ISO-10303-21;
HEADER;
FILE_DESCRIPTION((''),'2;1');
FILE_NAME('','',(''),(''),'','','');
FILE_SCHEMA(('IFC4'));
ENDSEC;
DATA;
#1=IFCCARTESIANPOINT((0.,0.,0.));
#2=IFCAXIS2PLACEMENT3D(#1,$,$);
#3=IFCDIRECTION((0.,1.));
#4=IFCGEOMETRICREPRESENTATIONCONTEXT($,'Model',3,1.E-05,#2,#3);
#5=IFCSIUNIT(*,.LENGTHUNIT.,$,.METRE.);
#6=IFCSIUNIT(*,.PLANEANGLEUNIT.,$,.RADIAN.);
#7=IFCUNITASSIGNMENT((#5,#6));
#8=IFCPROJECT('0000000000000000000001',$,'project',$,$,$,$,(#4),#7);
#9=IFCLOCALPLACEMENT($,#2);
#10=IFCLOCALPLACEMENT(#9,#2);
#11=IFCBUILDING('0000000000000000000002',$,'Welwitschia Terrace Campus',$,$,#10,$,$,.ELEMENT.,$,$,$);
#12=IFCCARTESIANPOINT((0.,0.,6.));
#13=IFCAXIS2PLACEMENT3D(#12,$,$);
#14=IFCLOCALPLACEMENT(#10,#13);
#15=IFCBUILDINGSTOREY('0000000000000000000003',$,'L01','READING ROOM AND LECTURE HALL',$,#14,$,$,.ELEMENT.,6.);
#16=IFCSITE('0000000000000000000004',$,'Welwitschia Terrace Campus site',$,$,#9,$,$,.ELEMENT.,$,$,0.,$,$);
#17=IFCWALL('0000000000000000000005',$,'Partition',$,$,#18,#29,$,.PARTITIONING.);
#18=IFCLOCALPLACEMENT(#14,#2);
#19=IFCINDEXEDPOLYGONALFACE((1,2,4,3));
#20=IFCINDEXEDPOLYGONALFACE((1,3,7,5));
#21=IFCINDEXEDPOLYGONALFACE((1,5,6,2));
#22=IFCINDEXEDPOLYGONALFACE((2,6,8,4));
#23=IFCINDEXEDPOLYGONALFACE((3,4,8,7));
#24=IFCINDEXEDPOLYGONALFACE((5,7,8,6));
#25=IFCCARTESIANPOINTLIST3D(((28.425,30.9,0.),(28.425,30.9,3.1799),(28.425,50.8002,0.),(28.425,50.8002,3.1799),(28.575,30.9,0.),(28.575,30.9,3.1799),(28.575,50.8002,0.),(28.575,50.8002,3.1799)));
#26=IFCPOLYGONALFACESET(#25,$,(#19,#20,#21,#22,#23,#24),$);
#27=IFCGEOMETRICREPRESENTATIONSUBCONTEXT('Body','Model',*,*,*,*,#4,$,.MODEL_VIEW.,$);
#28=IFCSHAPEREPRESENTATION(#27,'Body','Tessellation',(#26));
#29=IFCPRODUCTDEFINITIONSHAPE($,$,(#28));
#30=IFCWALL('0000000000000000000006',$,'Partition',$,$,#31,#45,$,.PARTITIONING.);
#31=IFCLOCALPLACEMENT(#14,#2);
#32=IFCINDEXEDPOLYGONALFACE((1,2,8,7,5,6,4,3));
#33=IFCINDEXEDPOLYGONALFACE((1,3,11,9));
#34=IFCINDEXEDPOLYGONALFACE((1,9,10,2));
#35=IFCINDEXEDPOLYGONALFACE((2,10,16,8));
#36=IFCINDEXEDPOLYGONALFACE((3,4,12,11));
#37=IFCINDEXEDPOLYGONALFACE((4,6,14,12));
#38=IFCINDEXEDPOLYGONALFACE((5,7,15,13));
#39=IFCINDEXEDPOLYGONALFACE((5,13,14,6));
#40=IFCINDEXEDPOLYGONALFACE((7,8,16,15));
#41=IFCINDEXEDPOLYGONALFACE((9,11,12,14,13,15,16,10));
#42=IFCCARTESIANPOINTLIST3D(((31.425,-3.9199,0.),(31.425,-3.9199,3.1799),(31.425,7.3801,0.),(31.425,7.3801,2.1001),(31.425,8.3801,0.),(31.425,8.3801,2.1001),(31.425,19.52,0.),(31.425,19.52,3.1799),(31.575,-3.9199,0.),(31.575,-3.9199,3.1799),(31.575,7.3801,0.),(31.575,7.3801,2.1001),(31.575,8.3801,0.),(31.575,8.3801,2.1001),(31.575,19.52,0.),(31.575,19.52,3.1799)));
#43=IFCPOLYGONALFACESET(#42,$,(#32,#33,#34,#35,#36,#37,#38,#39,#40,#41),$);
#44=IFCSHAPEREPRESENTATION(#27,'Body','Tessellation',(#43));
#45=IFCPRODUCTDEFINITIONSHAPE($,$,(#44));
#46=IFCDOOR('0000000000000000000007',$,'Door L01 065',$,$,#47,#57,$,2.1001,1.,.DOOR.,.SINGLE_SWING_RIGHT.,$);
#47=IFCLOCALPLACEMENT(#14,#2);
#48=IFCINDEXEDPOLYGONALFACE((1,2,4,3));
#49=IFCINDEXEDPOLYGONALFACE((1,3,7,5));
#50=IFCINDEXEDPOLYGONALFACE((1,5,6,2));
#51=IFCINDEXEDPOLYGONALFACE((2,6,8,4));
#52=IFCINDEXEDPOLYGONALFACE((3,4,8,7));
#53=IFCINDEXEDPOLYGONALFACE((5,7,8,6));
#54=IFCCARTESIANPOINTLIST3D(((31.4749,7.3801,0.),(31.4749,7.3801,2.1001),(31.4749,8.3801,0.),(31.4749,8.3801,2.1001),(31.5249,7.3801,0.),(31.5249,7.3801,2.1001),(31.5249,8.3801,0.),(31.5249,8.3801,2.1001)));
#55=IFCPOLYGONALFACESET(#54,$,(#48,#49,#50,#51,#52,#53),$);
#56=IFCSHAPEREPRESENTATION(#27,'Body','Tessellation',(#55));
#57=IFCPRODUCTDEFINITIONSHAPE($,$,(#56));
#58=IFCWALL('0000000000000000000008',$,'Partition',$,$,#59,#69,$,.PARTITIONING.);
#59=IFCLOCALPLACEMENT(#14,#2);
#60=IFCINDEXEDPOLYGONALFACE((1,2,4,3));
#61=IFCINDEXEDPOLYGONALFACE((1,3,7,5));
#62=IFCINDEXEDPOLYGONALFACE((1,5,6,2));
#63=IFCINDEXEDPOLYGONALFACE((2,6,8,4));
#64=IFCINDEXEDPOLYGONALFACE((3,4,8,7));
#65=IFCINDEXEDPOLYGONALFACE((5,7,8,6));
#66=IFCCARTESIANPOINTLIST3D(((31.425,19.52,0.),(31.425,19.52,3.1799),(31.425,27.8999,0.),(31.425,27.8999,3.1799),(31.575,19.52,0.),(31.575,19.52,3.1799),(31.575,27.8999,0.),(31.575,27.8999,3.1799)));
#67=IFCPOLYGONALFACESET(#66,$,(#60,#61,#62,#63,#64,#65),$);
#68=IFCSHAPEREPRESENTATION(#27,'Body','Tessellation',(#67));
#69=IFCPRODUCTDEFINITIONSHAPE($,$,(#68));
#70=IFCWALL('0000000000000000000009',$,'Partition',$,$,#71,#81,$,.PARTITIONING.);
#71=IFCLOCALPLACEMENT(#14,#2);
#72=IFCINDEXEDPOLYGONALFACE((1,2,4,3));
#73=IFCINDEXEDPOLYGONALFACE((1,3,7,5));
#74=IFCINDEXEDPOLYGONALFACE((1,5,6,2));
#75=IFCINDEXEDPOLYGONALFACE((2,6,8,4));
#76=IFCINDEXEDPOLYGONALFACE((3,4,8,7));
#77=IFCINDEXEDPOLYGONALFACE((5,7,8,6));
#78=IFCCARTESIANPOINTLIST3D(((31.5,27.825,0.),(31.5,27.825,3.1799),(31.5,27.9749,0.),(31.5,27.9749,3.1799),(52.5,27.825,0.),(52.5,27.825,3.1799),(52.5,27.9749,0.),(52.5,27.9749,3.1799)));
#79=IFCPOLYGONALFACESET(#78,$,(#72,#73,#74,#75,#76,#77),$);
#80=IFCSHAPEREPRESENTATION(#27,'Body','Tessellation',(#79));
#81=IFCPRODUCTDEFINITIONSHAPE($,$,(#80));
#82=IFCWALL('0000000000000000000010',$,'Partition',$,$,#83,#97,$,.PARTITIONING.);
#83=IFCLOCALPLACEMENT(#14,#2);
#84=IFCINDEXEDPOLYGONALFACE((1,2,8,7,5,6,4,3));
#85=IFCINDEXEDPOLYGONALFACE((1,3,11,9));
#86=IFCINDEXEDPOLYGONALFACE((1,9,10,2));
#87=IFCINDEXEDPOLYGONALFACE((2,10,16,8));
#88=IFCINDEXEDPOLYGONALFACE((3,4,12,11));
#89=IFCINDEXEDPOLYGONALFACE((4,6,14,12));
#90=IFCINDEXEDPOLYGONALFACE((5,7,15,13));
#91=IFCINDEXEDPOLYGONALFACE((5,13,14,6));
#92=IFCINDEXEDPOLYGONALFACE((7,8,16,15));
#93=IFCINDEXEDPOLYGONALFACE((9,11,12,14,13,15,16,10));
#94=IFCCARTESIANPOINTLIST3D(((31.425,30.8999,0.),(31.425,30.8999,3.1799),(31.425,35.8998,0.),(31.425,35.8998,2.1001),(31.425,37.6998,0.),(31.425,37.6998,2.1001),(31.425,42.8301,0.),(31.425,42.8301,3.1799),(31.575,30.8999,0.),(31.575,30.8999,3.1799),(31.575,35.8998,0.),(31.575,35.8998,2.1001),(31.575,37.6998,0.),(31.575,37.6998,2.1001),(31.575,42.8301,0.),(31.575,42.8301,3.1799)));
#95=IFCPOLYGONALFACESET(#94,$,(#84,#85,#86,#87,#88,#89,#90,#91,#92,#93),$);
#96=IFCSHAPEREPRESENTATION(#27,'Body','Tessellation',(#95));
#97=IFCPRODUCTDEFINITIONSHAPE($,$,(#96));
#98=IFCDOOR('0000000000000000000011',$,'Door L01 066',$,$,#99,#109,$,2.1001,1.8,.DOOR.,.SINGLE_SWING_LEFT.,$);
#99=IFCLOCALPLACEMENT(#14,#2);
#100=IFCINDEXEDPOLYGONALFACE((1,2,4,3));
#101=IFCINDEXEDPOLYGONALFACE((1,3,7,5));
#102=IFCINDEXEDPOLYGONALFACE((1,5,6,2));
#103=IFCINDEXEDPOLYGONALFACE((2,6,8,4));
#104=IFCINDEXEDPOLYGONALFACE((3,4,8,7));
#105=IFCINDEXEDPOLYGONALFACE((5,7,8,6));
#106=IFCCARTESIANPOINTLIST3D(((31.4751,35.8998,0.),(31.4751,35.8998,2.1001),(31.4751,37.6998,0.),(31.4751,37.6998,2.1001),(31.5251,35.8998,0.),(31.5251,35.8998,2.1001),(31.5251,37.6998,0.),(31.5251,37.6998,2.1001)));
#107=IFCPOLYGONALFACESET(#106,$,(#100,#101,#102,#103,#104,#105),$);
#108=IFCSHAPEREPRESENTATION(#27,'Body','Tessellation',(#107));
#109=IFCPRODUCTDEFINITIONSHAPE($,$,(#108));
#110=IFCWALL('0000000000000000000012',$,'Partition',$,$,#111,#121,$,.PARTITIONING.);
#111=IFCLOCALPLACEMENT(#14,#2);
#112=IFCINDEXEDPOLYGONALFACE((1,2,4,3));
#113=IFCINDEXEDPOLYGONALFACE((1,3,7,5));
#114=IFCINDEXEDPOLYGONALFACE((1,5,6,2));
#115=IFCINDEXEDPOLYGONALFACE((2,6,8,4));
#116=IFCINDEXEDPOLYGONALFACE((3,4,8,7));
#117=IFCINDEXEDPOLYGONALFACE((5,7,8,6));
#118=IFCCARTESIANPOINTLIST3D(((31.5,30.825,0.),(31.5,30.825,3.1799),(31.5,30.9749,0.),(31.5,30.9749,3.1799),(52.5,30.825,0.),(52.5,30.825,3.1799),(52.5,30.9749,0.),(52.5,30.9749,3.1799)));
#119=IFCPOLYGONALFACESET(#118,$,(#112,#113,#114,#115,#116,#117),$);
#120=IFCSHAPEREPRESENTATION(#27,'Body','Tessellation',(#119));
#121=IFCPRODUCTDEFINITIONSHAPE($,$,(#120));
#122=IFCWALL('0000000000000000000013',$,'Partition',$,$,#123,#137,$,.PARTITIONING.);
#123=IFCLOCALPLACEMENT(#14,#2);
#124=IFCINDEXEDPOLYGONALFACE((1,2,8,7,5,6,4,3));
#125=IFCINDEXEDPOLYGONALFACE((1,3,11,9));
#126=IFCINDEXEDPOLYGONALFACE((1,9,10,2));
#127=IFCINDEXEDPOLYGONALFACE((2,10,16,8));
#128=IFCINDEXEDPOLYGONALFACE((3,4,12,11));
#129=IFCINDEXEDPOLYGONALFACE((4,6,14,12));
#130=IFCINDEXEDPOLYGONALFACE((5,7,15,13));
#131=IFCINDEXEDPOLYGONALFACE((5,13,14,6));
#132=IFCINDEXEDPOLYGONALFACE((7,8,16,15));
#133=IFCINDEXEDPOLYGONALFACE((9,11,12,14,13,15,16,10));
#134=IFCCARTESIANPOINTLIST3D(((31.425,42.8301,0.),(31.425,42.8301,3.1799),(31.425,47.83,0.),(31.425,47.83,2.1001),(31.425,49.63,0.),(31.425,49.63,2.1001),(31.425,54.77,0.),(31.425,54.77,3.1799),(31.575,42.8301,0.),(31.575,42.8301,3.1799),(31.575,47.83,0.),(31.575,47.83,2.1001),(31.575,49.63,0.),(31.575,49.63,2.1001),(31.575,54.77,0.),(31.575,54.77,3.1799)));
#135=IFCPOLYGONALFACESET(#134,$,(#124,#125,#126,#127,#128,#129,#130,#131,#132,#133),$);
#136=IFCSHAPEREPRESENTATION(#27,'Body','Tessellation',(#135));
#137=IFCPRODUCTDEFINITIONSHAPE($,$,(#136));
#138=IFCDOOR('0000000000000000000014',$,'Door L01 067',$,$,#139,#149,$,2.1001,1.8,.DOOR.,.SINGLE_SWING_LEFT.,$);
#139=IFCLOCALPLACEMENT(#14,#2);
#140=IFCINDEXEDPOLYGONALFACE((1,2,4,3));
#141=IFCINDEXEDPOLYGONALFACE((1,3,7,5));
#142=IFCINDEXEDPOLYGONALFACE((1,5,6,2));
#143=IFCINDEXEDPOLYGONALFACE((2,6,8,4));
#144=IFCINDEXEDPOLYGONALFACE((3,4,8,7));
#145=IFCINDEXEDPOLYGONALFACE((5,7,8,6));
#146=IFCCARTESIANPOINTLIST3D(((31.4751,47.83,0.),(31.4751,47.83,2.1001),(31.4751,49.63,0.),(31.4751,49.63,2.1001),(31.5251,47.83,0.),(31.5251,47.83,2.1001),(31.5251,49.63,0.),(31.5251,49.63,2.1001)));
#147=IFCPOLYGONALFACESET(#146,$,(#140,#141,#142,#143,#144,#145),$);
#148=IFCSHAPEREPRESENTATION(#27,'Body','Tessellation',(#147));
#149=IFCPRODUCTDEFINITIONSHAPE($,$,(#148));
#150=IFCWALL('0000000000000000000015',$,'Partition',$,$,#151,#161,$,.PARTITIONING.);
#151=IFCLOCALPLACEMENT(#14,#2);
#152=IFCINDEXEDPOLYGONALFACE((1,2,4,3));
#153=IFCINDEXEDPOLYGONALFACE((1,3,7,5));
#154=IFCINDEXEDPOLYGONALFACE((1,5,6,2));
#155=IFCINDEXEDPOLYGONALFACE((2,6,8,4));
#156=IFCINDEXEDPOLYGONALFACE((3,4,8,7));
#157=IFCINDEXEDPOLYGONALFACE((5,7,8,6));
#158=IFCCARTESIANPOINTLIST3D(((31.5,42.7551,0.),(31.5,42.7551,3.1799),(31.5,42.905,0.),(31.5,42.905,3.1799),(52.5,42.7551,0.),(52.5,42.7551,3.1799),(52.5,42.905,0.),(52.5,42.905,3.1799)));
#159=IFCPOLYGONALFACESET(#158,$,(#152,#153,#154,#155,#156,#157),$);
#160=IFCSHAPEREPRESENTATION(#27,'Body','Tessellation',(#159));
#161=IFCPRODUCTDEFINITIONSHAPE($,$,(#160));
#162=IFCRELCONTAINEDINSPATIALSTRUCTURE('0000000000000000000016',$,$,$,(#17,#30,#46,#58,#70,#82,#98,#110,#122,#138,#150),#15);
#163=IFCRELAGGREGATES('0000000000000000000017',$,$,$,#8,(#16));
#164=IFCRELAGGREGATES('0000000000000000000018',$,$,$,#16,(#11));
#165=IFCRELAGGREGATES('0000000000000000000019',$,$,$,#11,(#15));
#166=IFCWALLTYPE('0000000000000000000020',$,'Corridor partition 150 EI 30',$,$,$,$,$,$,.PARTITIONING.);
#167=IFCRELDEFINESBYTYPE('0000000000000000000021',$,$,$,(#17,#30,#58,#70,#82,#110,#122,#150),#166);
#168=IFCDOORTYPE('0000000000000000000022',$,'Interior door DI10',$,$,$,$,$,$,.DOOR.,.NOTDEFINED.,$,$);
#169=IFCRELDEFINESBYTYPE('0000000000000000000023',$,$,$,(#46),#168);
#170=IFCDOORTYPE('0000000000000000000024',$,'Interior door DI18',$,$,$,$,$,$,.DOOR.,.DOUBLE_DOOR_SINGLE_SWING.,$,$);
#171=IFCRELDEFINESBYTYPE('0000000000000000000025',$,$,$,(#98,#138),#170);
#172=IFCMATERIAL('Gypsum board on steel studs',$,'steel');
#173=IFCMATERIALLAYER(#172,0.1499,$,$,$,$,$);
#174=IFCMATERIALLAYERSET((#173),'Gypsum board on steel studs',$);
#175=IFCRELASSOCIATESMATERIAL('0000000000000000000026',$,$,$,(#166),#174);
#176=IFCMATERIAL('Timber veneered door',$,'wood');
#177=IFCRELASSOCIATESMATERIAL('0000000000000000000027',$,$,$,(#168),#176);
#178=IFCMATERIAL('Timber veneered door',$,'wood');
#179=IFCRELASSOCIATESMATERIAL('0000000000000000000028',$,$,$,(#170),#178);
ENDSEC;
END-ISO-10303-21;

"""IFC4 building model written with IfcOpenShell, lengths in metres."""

from ifc_helpers import new_model, si_unit, direction, frame, frame_2d, origin, place, context, subcontext, project, spatial, rectangle, extrude, material, layer, layer_set, type_object, element, fill, save


model = new_model("IFC4")

# Units and contexts
model_context = context("Model", 3, precision=1e-05, world=origin(), true_north=direction((0.0, 1.0)))
body_context = subcontext(model_context, "Body", "Model", "MODEL_VIEW")
ifc_project = project(units=[si_unit("LENGTHUNIT", "METRE"), si_unit("PLANEANGLEUNIT", "RADIAN")], contexts=[model_context])

# Site, building, storey
site_placement = place(None, origin())
site = spatial("IfcSite", under=ifc_project, at=site_placement, Name="Welwitschia Terrace Campus site", CompositionType="ELEMENT", RefElevation=0.0)
building_placement = place(site_placement, origin())
building = spatial("IfcBuilding", under=site, at=building_placement, Name="Welwitschia Terrace Campus", CompositionType="ELEMENT")
storey_placement = place(building_placement, frame((0.0, 0.0, 6.0)))
storey = spatial("IfcBuildingStorey", under=building, at=storey_placement, Name="L01", Description="READING ROOM AND LECTURE HALL", CompositionType="ELEMENT", Elevation=6.0)

# Wall
ifc_material_1 = material(Name="Gypsum board on steel studs", Category="steel")
ifc_layer = layer(ifc_material_1, 0.1499)
ifc_layer_set = layer_set([ifc_layer], Name="Gypsum board on steel studs")
wall_type = type_object("IfcWallType", Name="Corridor partition 150 EI 30", PredefinedType="PARTITIONING", material=ifc_layer_set)
wall_1_placement = place(storey_placement, frame((28.5, 30.8999, 0.0), z_axis=(0.0, 0.0, 1.0), x_axis=(0.0, 1.0, 0.0)))
element("IfcWall", 1, at=wall_1_placement, inside=storey, type_object=wall_type, Name="Partition", PredefinedType="PARTITIONING", context=body_context, shape_type="SweptSolid", body=[
    extrude(rectangle(XDim=19.9001, YDim=0.1499, at=frame_2d((9.9502, 0.0))), origin(), (0.0, 0.0, 1.0), 3.1799),
])

# Wall, opening, door
wall_2_placement = place(storey_placement, frame((31.5, 19.52, 0.0), z_axis=(0.0, 0.0, 1.0), x_axis=(0.0, -1.0, 0.0)))
wall_2 = element("IfcWall", 2, at=wall_2_placement, inside=storey, type_object=wall_type, Name="Partition", PredefinedType="PARTITIONING", context=body_context, shape_type="SweptSolid", body=[
    extrude(rectangle(XDim=23.4399, YDim=0.1499, at=frame_2d((11.72, 0.0))), origin(), (0.0, 0.0, 1.0), 3.1799),
])
opening_1_placement = place(wall_2_placement, frame((11.1399, 0.0, 0.0)))
opening_1 = element("IfcOpeningElement", 3, at=opening_1_placement, cuts=wall_2, PredefinedType="OPENING", context=body_context, shape_type="SweptSolid", body=[
    extrude(rectangle(XDim=1.0, YDim=2.1001, at=frame_2d((0.5, 1.05))), frame((0.0, 0.085, 0.0), z_axis=(0.0, -1.0, 0.0), x_axis=(1.0, 0.0, 0.0)), (0.0, 0.0, 1.0), 0.1699),
])
ifc_material_2 = material(Name="Timber veneered door", Category="wood")
door_type_1 = type_object("IfcDoorType", Name="Interior door DI10", OperationType="NOTDEFINED", PredefinedType="DOOR", material=ifc_material_2)
door_1_placement = place(opening_1_placement, origin())
door_1 = element("IfcDoor", 4, at=door_1_placement, inside=storey, type_object=door_type_1, Name="Door L01 065", OperationType="SINGLE_SWING_RIGHT", OverallHeight=2.1001, OverallWidth=1.0, PredefinedType="DOOR", context=body_context, shape_type="SweptSolid", body=[
    extrude(rectangle(XDim=1.0, YDim=2.1001, at=frame_2d((0.5, 1.05))), frame((0.0, 0.0249, 0.0), z_axis=(0.0, -1.0, 0.0), x_axis=(1.0, 0.0, 0.0)), (0.0, 0.0, 1.0), 0.05),
])
fill(opening_1, door_1)

# Walls
wall_3_placement = place(storey_placement, frame((31.5, 19.52, 0.0), z_axis=(0.0, 0.0, 1.0), x_axis=(0.0, 1.0, 0.0)))
element("IfcWall", 5, at=wall_3_placement, inside=storey, type_object=wall_type, Name="Partition", PredefinedType="PARTITIONING", context=body_context, shape_type="SweptSolid", body=[
    extrude(rectangle(XDim=8.3799, YDim=0.1499, at=frame_2d((4.1899, 0.0))), origin(), (0.0, 0.0, 1.0), 3.1799),
])
wall_4_placement = place(storey_placement, frame((31.5, 27.8999, 0.0), z_axis=(0.0, 0.0, 1.0), x_axis=(1.0, 0.0, 0.0)))
element("IfcWall", 6, at=wall_4_placement, inside=storey, type_object=wall_type, Name="Partition", PredefinedType="PARTITIONING", context=body_context, shape_type="SweptSolid", body=[
    extrude(rectangle(XDim=21.0, YDim=0.1499, at=frame_2d((10.5, 0.0))), origin(), (0.0, 0.0, 1.0), 3.1799),
])

# Wall, opening, door
wall_5_placement = place(storey_placement, frame((31.5, 30.8999, 0.0), z_axis=(0.0, 0.0, 1.0), x_axis=(0.0, 1.0, 0.0)))
wall_5 = element("IfcWall", 7, at=wall_5_placement, inside=storey, type_object=wall_type, Name="Partition", PredefinedType="PARTITIONING", context=body_context, shape_type="SweptSolid", body=[
    extrude(rectangle(XDim=11.9302, YDim=0.1499, at=frame_2d((5.9651, 0.0))), origin(), (0.0, 0.0, 1.0), 3.1799),
])
opening_2_placement = place(wall_5_placement, frame((5.0, 0.0, 0.0)))
opening_2 = element("IfcOpeningElement", 8, at=opening_2_placement, cuts=wall_5, PredefinedType="OPENING", context=body_context, shape_type="SweptSolid", body=[
    extrude(rectangle(XDim=1.8, YDim=2.1001, at=frame_2d((0.8999, 1.05))), frame((0.0, 0.085, 0.0), z_axis=(0.0, -1.0, 0.0), x_axis=(1.0, 0.0, 0.0)), (0.0, 0.0, 1.0), 0.1699),
])
ifc_material_3 = material(Name="Timber veneered door", Category="wood")
door_type_2 = type_object("IfcDoorType", Name="Interior door DI18", OperationType="DOUBLE_DOOR_SINGLE_SWING", PredefinedType="DOOR", material=ifc_material_3)
door_2_placement = place(opening_2_placement, origin())
door_2 = element("IfcDoor", 9, at=door_2_placement, inside=storey, type_object=door_type_2, Name="Door L01 066", OperationType="SINGLE_SWING_LEFT", OverallHeight=2.1001, OverallWidth=1.8, PredefinedType="DOOR", context=body_context, shape_type="SweptSolid", body=[
    extrude(rectangle(XDim=1.8, YDim=2.1001, at=frame_2d((0.8999, 1.05))), frame((0.0, 0.0249, 0.0), z_axis=(0.0, -1.0, 0.0), x_axis=(1.0, 0.0, 0.0)), (0.0, 0.0, 1.0), 0.05),
])
fill(opening_2, door_2)

# Wall
wall_6_placement = place(storey_placement, frame((31.5, 30.8999, 0.0), z_axis=(0.0, 0.0, 1.0), x_axis=(1.0, 0.0, 0.0)))
element("IfcWall", 10, at=wall_6_placement, inside=storey, type_object=wall_type, Name="Partition", PredefinedType="PARTITIONING", context=body_context, shape_type="SweptSolid", body=[
    extrude(rectangle(XDim=21.0, YDim=0.1499, at=frame_2d((10.5, 0.0))), origin(), (0.0, 0.0, 1.0), 3.1799),
])

# Wall, opening, door
wall_7_placement = place(storey_placement, frame((31.5, 42.8301, 0.0), z_axis=(0.0, 0.0, 1.0), x_axis=(0.0, 1.0, 0.0)))
wall_7 = element("IfcWall", 11, at=wall_7_placement, inside=storey, type_object=wall_type, Name="Partition", PredefinedType="PARTITIONING", context=body_context, shape_type="SweptSolid", body=[
    extrude(rectangle(XDim=11.9399, YDim=0.1499, at=frame_2d((5.97, 0.0))), origin(), (0.0, 0.0, 1.0), 3.1799),
])
opening_3_placement = place(wall_7_placement, frame((5.0, 0.0, 0.0)))
opening_3 = element("IfcOpeningElement", 12, at=opening_3_placement, cuts=wall_7, PredefinedType="OPENING", context=body_context, shape_type="SweptSolid", body=[
    extrude(rectangle(XDim=1.8, YDim=2.1001, at=frame_2d((0.8999, 1.05))), frame((0.0, 0.085, 0.0), z_axis=(0.0, -1.0, 0.0), x_axis=(1.0, 0.0, 0.0)), (0.0, 0.0, 1.0), 0.1699),
])
door_3_placement = place(opening_3_placement, origin())
door_3 = element("IfcDoor", 13, at=door_3_placement, inside=storey, type_object=door_type_2, Name="Door L01 067", OperationType="SINGLE_SWING_LEFT", OverallHeight=2.1001, OverallWidth=1.8, PredefinedType="DOOR", context=body_context, shape_type="SweptSolid", body=[
    extrude(rectangle(XDim=1.8, YDim=2.1001, at=frame_2d((0.8999, 1.05))), frame((0.0, 0.0249, 0.0), z_axis=(0.0, -1.0, 0.0), x_axis=(1.0, 0.0, 0.0)), (0.0, 0.0, 1.0), 0.05),
])
fill(opening_3, door_3)

# Wall
wall_8_placement = place(storey_placement, frame((31.5, 42.8301, 0.0), z_axis=(0.0, 0.0, 1.0), x_axis=(1.0, 0.0, 0.0)))
element("IfcWall", 14, at=wall_8_placement, inside=storey, type_object=wall_type, Name="Partition", PredefinedType="PARTITIONING", context=body_context, shape_type="SweptSolid", body=[
    extrude(rectangle(XDim=21.0, YDim=0.1499, at=frame_2d((10.5, 0.0))), origin(), (0.0, 0.0, 1.0), 3.1799),
])

save(model, "model.ifc")
